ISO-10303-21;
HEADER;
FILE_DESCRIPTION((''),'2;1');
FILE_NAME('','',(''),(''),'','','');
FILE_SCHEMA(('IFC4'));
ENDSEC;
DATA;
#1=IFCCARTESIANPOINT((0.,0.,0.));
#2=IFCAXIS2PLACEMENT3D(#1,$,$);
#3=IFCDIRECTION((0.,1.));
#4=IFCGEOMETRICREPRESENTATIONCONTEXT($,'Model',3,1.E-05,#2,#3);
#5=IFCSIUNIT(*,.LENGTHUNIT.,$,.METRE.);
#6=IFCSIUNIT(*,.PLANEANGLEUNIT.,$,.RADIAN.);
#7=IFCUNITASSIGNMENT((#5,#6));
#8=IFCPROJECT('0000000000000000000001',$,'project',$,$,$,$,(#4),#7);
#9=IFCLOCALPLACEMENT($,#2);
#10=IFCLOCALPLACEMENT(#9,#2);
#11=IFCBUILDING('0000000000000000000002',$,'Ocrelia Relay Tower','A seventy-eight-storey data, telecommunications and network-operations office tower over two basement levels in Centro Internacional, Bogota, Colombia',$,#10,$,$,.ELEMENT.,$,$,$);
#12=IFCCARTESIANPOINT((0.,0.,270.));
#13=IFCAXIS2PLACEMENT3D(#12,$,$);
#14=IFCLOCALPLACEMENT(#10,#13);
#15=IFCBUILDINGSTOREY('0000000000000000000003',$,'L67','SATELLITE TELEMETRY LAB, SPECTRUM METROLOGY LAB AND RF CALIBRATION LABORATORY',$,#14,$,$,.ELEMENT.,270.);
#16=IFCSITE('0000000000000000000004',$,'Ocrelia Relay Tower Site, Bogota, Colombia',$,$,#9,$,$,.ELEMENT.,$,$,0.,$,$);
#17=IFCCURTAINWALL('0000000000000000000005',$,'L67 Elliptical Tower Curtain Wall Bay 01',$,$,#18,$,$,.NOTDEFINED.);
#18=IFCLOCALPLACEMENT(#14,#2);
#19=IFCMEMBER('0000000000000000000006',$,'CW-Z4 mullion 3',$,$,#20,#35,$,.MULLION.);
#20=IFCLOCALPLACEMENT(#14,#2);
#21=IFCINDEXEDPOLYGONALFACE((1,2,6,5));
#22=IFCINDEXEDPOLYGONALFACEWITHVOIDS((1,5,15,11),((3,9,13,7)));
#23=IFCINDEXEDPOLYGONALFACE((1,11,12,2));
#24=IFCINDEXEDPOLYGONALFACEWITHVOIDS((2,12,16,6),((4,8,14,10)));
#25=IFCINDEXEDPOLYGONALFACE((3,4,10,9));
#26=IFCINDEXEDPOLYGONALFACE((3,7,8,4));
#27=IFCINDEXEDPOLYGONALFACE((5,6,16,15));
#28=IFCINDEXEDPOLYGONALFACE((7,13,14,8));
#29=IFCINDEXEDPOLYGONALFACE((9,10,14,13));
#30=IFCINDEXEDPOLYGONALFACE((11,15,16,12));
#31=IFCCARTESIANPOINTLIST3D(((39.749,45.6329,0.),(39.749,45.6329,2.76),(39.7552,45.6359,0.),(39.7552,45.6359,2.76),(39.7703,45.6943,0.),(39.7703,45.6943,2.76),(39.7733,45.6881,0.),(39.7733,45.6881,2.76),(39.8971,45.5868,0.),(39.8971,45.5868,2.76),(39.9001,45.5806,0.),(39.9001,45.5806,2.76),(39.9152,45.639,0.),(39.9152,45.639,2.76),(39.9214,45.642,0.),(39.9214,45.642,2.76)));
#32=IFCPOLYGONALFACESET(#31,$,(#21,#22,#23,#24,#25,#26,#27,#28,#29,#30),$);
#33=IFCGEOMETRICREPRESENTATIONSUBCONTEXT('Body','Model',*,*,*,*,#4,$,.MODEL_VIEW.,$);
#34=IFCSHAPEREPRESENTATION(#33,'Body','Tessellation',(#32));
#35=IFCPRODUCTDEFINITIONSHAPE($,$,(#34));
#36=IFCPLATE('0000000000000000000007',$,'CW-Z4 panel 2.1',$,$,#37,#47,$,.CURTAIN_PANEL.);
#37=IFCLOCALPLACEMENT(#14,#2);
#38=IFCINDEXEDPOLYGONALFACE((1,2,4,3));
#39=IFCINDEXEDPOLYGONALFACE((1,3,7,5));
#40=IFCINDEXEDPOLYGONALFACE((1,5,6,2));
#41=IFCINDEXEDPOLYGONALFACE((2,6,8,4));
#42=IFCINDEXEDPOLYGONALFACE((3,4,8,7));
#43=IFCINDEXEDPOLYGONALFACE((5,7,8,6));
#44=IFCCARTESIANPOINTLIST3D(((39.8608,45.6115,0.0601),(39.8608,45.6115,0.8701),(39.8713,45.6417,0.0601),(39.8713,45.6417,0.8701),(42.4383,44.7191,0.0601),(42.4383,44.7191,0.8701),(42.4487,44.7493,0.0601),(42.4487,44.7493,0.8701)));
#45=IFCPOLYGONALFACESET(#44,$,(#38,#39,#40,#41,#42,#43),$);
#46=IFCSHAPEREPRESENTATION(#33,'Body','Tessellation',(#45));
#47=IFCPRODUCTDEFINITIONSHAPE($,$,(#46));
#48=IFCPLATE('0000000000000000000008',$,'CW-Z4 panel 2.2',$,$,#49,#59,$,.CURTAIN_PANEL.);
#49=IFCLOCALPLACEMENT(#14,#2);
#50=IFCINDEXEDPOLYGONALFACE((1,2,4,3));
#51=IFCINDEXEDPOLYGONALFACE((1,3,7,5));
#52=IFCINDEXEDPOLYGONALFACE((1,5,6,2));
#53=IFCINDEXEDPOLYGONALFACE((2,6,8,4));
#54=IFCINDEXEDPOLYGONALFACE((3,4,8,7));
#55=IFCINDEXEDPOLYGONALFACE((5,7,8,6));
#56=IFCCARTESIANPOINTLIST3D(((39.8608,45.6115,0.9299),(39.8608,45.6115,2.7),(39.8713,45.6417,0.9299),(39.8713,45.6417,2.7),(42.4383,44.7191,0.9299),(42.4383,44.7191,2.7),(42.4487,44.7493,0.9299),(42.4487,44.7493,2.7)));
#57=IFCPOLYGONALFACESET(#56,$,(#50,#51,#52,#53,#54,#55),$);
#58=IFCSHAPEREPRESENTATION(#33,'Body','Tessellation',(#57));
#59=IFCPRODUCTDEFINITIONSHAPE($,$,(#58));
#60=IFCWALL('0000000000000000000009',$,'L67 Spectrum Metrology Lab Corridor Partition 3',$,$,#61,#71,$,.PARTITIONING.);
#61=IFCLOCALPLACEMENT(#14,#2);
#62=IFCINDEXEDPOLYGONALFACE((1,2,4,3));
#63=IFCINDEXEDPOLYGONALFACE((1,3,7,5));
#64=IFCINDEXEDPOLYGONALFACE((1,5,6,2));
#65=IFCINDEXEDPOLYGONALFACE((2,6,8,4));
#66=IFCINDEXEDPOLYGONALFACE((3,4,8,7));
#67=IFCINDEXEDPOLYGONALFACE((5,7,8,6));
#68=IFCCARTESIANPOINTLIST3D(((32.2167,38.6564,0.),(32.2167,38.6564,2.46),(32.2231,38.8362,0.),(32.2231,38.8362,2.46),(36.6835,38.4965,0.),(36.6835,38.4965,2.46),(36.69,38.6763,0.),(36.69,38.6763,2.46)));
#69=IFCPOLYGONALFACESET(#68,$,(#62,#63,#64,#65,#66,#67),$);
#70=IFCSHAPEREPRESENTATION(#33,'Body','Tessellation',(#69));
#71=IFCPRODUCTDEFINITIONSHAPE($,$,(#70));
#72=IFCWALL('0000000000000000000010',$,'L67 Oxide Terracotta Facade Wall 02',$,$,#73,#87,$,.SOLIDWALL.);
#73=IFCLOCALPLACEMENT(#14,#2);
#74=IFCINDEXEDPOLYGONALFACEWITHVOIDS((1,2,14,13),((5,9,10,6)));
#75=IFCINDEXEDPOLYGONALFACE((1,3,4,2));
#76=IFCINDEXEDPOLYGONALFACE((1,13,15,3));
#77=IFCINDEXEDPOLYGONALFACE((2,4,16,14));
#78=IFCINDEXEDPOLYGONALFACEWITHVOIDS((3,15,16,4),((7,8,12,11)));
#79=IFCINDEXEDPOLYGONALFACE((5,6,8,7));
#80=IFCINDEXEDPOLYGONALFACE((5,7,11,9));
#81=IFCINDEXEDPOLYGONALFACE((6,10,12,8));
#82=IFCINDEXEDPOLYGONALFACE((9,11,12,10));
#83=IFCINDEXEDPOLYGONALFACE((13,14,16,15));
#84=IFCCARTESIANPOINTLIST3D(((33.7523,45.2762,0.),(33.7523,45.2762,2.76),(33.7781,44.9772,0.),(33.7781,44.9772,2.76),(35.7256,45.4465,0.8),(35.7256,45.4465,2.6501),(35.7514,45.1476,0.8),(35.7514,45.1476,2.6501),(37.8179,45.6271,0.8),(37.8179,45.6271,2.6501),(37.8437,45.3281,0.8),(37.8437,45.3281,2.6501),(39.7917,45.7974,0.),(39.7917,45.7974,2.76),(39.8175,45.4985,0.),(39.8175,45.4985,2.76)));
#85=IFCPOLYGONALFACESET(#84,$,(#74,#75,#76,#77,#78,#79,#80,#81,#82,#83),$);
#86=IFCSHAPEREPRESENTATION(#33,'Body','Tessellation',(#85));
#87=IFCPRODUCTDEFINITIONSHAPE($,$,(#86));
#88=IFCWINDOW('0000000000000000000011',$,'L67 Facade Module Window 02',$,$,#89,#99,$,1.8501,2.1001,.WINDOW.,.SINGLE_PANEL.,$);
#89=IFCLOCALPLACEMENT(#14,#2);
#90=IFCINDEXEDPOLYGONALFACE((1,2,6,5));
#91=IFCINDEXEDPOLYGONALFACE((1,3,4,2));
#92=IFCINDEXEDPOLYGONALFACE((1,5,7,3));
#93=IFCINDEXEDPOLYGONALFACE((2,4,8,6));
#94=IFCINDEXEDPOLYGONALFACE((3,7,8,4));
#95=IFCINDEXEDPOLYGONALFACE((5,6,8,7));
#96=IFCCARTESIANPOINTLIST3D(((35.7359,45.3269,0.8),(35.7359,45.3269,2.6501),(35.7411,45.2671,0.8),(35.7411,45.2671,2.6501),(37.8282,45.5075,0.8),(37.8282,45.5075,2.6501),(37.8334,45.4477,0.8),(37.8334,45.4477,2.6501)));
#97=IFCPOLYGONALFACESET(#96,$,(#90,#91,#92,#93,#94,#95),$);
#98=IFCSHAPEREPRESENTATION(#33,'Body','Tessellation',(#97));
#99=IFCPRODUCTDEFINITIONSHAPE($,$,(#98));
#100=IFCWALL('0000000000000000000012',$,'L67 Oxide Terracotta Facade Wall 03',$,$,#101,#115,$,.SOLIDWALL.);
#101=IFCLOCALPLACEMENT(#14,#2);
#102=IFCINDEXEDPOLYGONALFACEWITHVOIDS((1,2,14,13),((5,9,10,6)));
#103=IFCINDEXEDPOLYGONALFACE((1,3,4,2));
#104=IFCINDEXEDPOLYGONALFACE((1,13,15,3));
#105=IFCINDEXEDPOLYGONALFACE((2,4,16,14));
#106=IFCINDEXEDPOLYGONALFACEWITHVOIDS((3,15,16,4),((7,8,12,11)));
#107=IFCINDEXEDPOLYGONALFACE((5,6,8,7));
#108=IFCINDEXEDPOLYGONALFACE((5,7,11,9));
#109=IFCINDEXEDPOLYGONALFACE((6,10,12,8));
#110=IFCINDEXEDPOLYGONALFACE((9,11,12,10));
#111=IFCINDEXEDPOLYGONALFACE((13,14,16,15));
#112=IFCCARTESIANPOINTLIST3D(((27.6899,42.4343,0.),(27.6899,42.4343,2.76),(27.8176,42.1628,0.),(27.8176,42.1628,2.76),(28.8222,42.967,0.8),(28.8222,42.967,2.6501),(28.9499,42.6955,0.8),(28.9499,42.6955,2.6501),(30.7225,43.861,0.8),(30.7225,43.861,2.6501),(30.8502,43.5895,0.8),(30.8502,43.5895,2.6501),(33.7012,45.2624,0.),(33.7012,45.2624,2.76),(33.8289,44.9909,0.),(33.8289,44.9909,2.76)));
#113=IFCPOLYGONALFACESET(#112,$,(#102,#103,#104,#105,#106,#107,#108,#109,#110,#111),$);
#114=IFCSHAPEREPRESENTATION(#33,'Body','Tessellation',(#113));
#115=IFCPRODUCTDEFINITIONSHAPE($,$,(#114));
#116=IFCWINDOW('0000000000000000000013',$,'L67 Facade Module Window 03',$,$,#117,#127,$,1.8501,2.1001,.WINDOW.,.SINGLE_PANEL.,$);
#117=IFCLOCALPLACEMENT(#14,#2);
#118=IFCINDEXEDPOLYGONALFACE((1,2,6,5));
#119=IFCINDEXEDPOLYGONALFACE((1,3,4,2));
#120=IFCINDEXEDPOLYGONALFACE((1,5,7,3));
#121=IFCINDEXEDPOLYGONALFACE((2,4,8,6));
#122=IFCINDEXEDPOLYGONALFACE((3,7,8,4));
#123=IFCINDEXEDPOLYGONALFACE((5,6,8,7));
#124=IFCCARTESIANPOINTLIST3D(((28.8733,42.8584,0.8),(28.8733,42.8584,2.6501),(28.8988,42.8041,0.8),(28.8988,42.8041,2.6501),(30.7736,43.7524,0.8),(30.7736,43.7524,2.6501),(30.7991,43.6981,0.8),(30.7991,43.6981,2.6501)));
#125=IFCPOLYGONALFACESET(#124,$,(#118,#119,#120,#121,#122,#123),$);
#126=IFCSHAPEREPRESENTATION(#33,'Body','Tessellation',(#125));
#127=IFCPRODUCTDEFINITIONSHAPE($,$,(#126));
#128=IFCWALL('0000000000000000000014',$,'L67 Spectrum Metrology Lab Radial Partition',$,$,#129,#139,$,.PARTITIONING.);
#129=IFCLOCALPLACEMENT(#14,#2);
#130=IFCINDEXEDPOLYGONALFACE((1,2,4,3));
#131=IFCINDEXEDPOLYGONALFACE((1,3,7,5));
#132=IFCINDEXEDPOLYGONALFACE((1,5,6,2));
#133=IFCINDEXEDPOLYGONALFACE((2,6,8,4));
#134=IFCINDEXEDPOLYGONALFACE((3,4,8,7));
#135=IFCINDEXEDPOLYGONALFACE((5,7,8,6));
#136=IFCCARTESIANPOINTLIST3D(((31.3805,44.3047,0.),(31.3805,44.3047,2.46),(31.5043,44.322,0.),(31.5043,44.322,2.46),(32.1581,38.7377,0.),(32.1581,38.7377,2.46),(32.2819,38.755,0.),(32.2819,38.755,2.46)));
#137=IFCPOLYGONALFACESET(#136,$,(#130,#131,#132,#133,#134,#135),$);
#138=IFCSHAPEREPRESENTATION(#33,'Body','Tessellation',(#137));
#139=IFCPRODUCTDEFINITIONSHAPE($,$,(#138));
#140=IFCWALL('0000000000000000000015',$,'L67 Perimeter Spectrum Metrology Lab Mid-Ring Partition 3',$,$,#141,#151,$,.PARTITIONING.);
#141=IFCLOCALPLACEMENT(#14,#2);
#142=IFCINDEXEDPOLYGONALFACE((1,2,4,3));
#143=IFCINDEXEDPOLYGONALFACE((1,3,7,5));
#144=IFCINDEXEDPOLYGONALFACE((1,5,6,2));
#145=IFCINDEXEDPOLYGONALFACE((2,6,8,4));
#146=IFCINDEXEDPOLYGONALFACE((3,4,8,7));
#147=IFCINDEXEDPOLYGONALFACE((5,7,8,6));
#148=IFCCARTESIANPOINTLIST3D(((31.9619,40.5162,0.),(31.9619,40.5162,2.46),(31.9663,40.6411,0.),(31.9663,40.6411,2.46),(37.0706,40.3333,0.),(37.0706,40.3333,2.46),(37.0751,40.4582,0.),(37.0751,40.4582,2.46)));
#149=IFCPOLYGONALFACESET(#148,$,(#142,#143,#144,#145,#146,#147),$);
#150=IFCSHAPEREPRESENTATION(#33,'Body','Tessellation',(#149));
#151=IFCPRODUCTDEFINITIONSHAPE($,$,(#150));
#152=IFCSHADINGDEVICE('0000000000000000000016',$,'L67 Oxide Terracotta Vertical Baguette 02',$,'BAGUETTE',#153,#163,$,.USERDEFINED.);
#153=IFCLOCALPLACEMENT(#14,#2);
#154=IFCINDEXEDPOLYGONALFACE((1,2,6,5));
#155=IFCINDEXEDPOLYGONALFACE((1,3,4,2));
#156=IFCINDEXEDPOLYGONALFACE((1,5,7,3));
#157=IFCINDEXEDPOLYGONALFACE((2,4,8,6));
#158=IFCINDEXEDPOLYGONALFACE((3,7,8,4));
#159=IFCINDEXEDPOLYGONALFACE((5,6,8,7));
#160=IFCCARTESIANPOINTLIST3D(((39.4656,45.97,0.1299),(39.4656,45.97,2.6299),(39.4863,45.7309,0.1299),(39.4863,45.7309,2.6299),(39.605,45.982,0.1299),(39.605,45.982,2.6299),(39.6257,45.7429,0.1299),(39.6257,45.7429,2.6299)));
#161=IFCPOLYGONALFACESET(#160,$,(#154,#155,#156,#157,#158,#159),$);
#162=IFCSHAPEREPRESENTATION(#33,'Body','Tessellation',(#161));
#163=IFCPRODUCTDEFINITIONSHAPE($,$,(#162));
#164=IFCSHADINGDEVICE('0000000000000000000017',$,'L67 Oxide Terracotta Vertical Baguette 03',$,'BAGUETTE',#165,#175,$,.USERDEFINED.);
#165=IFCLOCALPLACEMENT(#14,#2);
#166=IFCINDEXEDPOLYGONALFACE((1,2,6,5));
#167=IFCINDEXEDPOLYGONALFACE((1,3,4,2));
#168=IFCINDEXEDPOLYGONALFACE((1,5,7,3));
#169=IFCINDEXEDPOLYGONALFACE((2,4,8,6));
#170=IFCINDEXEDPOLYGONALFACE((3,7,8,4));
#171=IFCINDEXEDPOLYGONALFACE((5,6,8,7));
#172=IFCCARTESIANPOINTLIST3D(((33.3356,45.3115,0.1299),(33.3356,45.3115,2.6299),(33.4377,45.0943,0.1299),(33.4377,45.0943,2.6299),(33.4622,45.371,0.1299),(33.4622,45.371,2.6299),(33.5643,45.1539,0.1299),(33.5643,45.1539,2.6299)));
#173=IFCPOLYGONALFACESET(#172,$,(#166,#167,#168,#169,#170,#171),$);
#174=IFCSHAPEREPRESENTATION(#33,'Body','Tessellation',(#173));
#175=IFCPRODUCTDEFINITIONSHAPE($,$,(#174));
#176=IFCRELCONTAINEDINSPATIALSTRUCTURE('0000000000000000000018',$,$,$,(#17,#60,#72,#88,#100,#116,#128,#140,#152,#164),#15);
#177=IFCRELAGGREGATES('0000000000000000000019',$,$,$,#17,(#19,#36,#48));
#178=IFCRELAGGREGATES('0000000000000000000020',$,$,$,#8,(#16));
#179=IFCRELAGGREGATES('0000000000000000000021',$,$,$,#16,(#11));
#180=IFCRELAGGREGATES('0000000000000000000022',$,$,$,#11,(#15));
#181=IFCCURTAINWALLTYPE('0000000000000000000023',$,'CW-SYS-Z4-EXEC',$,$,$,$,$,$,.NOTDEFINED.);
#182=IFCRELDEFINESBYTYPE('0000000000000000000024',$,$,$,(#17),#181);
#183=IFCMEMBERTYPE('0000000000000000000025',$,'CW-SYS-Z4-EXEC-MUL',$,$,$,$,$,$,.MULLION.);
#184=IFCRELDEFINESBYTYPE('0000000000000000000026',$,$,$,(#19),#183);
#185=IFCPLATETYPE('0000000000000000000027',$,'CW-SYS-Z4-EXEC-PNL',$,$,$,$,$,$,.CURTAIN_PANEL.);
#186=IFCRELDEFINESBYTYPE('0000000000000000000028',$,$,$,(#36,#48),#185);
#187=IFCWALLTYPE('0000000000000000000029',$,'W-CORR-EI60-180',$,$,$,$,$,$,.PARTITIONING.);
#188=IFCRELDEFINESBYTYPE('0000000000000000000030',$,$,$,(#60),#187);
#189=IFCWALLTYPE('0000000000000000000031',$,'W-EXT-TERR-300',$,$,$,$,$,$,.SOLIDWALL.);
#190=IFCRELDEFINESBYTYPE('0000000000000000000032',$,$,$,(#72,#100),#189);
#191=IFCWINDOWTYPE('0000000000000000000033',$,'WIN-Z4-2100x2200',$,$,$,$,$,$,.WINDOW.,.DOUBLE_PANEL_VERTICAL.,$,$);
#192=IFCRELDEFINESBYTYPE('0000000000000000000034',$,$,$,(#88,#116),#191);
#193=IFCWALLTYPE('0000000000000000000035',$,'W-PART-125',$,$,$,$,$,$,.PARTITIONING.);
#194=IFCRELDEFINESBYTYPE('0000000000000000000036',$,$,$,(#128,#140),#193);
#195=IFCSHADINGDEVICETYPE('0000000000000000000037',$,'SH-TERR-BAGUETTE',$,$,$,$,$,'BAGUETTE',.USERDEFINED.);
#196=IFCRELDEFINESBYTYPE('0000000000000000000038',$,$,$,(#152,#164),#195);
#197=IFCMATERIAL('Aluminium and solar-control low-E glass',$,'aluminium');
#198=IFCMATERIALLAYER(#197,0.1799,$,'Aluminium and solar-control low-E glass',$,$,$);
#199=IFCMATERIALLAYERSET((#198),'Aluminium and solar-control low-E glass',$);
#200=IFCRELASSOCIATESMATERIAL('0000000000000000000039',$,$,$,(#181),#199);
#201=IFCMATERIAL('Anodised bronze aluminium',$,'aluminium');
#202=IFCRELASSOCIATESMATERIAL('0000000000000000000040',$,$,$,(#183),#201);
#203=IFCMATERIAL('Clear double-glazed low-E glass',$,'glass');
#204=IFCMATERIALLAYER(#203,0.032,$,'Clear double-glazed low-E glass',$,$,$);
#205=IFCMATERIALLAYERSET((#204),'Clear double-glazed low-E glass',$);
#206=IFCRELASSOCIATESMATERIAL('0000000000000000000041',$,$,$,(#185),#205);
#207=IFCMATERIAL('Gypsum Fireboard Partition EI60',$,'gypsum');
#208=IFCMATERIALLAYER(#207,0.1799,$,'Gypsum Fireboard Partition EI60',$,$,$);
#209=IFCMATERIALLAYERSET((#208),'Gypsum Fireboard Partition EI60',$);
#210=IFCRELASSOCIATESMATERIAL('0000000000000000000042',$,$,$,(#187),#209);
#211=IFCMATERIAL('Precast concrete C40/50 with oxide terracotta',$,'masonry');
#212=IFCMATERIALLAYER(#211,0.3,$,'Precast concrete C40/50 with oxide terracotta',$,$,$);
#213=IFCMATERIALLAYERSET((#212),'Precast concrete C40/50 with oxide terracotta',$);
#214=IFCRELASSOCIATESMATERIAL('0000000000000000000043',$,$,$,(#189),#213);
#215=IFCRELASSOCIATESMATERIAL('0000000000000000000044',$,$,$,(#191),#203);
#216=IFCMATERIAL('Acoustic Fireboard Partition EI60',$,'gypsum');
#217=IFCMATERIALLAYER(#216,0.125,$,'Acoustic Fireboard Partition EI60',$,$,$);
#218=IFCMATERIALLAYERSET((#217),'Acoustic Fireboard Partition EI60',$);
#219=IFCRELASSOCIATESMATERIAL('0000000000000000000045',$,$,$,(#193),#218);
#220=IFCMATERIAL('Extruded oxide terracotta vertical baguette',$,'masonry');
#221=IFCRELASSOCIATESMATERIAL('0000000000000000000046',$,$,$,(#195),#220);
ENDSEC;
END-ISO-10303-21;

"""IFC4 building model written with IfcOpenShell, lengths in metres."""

from ifc_helpers import new_model, si_unit, direction, frame, frame_2d, origin, origin_2d, place, context, subcontext, project, spatial, rectangle, hollow_rectangle, extrude, material, layer, layer_set, material_profile, profile_set, type_object, element, fill, aggregate, save


model = new_model("IFC4")

# Units and contexts
model_context = context("Model", 3, precision=1e-05, world=origin(), true_north=direction((0.0, 1.0)))
body_context = subcontext(model_context, "Body", "Model", "MODEL_VIEW")
ifc_project = project(units=[si_unit("LENGTHUNIT", "METRE"), si_unit("PLANEANGLEUNIT", "RADIAN")], contexts=[model_context])

# Site, building, storey
site_placement = place(None, origin())
site = spatial("IfcSite", under=ifc_project, at=site_placement, Name="Ocrelia Relay Tower Site, Bogota, Colombia", CompositionType="ELEMENT", RefElevation=0.0)
building_placement = place(site_placement, origin())
building = spatial("IfcBuilding", under=site, at=building_placement, Name="Ocrelia Relay Tower", Description="A seventy-eight-storey data, telecommunications and network-operations office tower over two basement levels in Centro Internacional, Bogota, Colombia", CompositionType="ELEMENT")
storey_placement = place(building_placement, frame((0.0, 0.0, 270.0)))
storey = spatial("IfcBuildingStorey", under=building, at=storey_placement, Name="L67", Description="SATELLITE TELEMETRY LAB, SPECTRUM METROLOGY LAB AND RF CALIBRATION LABORATORY", CompositionType="ELEMENT", Elevation=270.0)

# Curtain wall, member, plates
ifc_material_1 = material(Name="Aluminium and solar-control low-E glass", Category="aluminium")
ifc_layer_1 = layer(ifc_material_1, 0.1799, Name="Aluminium and solar-control low-E glass")
ifc_layer_set_1 = layer_set([ifc_layer_1], Name="Aluminium and solar-control low-E glass")
curtain_wall_type = type_object("IfcCurtainWallType", Name="CW-SYS-Z4-EXEC", PredefinedType="NOTDEFINED", material=ifc_layer_set_1)
curtain_wall_placement = place(storey_placement, origin())
curtain_wall = element("IfcCurtainWall", 1, at=curtain_wall_placement, inside=storey, type_object=curtain_wall_type, Name="L67 Elliptical Tower Curtain Wall Bay 01", PredefinedType="NOTDEFINED")
ifc_material_2 = material(Name="Anodised bronze aluminium", Category="aluminium")
ifc_material_profile_1 = material_profile(ifc_material_2, hollow_rectangle(XDim=0.0649, YDim=0.1599, WallThickness=0.0049, at=origin_2d()), Name="CW-MUL-160x65")
ifc_profile_set_1 = profile_set([ifc_material_profile_1], Name="Anodised bronze aluminium")
member_type = type_object("IfcMemberType", Name="CW-SYS-Z4-EXEC-MUL", PredefinedType="MULLION", material=ifc_profile_set_1)
member_placement = place(storey_placement, frame((39.8352, 45.6375, 0.0), z_axis=(0.0, 0.0, 1.0), x_axis=(-0.327187, -0.94496, 0.0)))
member = element("IfcMember", 2, at=member_placement, type_object=member_type, Name="CW-Z4 mullion 3", PredefinedType="MULLION", context=body_context, shape_type="SweptSolid", body=[
    extrude(hollow_rectangle(XDim=0.0649, YDim=0.1599, WallThickness=0.0049, at=origin_2d()), origin(), (0.0, 0.0, 1.0), 2.76),
])
ifc_material_3 = material(Name="Clear double-glazed low-E glass", Category="glass")
ifc_layer_2 = layer(ifc_material_3, 0.032, Name="Clear double-glazed low-E glass")
ifc_layer_set_2 = layer_set([ifc_layer_2], Name="Clear double-glazed low-E glass")
plate_type = type_object("IfcPlateType", Name="CW-SYS-Z4-EXEC-PNL", PredefinedType="CURTAIN_PANEL", material=ifc_layer_set_2)
plate_1_placement = place(storey_placement, frame((41.1548, 45.1804, 0.0601), z_axis=(0.0, 0.0, 1.0), x_axis=(-0.94496, 0.327187, 0.0)))
plate_1 = element("IfcPlate", 3, at=plate_1_placement, type_object=plate_type, Name="CW-Z4 panel 2.1", PredefinedType="CURTAIN_PANEL", context=body_context, shape_type="SweptSolid", body=[
    extrude(rectangle(XDim=2.7275, YDim=0.032, at=origin_2d()), origin(), (0.0, 0.0, 1.0), 0.8101),
])
plate_2_placement = place(storey_placement, frame((41.1548, 45.1804, 0.9299), z_axis=(0.0, 0.0, 1.0), x_axis=(-0.94496, 0.327187, 0.0)))
plate_2 = element("IfcPlate", 4, at=plate_2_placement, type_object=plate_type, Name="CW-Z4 panel 2.2", PredefinedType="CURTAIN_PANEL", context=body_context, shape_type="SweptSolid", body=[
    extrude(rectangle(XDim=2.7275, YDim=0.032, at=origin_2d()), origin(), (0.0, 0.0, 1.0), 1.77),
])
aggregate(curtain_wall, [member, plate_1, plate_2])

# Wall
ifc_material_4 = material(Name="Gypsum Fireboard Partition EI60", Category="gypsum")
ifc_layer_3 = layer(ifc_material_4, 0.1799, Name="Gypsum Fireboard Partition EI60")
ifc_layer_set_3 = layer_set([ifc_layer_3], Name="Gypsum Fireboard Partition EI60")
wall_type_1 = type_object("IfcWallType", Name="W-CORR-EI60-180", PredefinedType="PARTITIONING", material=ifc_layer_set_3)
wall_1_placement = place(storey_placement, frame((36.6868, 38.5864, 0.0), z_axis=(0.0, 0.0, 1.0), x_axis=(-0.99936, 0.035777, 0.0)))
element("IfcWall", 5, at=wall_1_placement, inside=storey, type_object=wall_type_1, Name="L67 Spectrum Metrology Lab Corridor Partition 3", PredefinedType="PARTITIONING", context=body_context, shape_type="SweptSolid", body=[
    extrude(rectangle(XDim=4.4697, YDim=0.1799, at=frame_2d((2.2349, 0.0))), origin(), (0.0, 0.0, 1.0), 2.46),
])

# Walls, openings, windows
ifc_material_5 = material(Name="Precast concrete C40/50 with oxide terracotta", Category="masonry")
ifc_layer_4 = layer(ifc_material_5, 0.3, Name="Precast concrete C40/50 with oxide terracotta")
ifc_layer_set_4 = layer_set([ifc_layer_4], Name="Precast concrete C40/50 with oxide terracotta")
wall_type_2 = type_object("IfcWallType", Name="W-EXT-TERR-300", PredefinedType="SOLIDWALL", material=ifc_layer_set_4)
wall_2_placement = place(storey_placement, frame((39.8044, 45.6479, 0.0), z_axis=(0.0, 0.0, 1.0), x_axis=(-0.996296, -0.085988, 0.0)))
wall_2 = element("IfcWall", 6, at=wall_2_placement, inside=storey, type_object=wall_type_2, Name="L67 Oxide Terracotta Facade Wall 02", PredefinedType="SOLIDWALL", context=body_context, shape_type="SweptSolid", body=[
    extrude(rectangle(XDim=6.0618, YDim=0.3, at=frame_2d((3.0308, 0.0))), origin(), (0.0, 0.0, 1.0), 2.76),
])
opening_1_placement = place(wall_2_placement, frame((1.981, 0.0, 0.8)))
opening_1 = element("IfcOpeningElement", 7, at=opening_1_placement, cuts=wall_2, PredefinedType="OPENING", context=body_context, shape_type="SweptSolid", body=[
    extrude(rectangle(XDim=2.1001, YDim=1.8501, at=frame_2d((1.05, 0.925))), frame((0.0, 0.1602, 0.0), z_axis=(0.0, -1.0, 0.0), x_axis=(1.0, 0.0, 0.0)), (0.0, 0.0, 1.0), 0.3201),
])
window_type = type_object("IfcWindowType", Name="WIN-Z4-2100x2200", PartitioningType="DOUBLE_PANEL_VERTICAL", PredefinedType="WINDOW", material=ifc_material_3)
window_1_placement = place(opening_1_placement, origin())
window_1 = element("IfcWindow", 8, at=window_1_placement, inside=storey, type_object=window_type, Name="L67 Facade Module Window 02", OverallHeight=1.8501, OverallWidth=2.1001, PartitioningType="SINGLE_PANEL", PredefinedType="WINDOW", context=body_context, shape_type="SweptSolid", body=[
    extrude(rectangle(XDim=2.1001, YDim=1.8501, at=frame_2d((1.05, 0.925))), frame((0.0, 0.03, 0.0), z_axis=(0.0, -1.0, 0.0), x_axis=(1.0, 0.0, 0.0)), (0.0, 0.0, 1.0), 0.0601),
])
fill(opening_1, window_1)
wall_3_placement = place(storey_placement, frame((33.7651, 45.1267, 0.0), z_axis=(0.0, 0.0, 1.0), x_axis=(-0.904859, -0.425712, 0.0)))
wall_3 = element("IfcWall", 9, at=wall_3_placement, inside=storey, type_object=wall_type_2, Name="L67 Oxide Terracotta Facade Wall 03", PredefinedType="SOLIDWALL", context=body_context, shape_type="SweptSolid", body=[
    extrude(rectangle(XDim=6.6433, YDim=0.3, at=frame_2d((3.3218, 0.0))), origin(), (0.0, 0.0, 1.0), 2.76),
])
opening_2_placement = place(wall_3_placement, frame((3.292, 0.0, 0.8)))
opening_2 = element("IfcOpeningElement", 10, at=opening_2_placement, cuts=wall_3, PredefinedType="OPENING", context=body_context, shape_type="SweptSolid", body=[
    extrude(rectangle(XDim=2.1001, YDim=1.8501, at=frame_2d((1.05, 0.925))), frame((0.0, 0.1602, 0.0), z_axis=(0.0, -1.0, 0.0), x_axis=(1.0, 0.0, 0.0)), (0.0, 0.0, 1.0), 0.3201),
])
window_2_placement = place(opening_2_placement, origin())
window_2 = element("IfcWindow", 11, at=window_2_placement, inside=storey, type_object=window_type, Name="L67 Facade Module Window 03", OverallHeight=1.8501, OverallWidth=2.1001, PartitioningType="SINGLE_PANEL", PredefinedType="WINDOW", context=body_context, shape_type="SweptSolid", body=[
    extrude(rectangle(XDim=2.1001, YDim=1.8501, at=frame_2d((1.05, 0.925))), frame((0.0, 0.03, 0.0), z_axis=(0.0, -1.0, 0.0), x_axis=(1.0, 0.0, 0.0)), (0.0, 0.0, 1.0), 0.0601),
])
fill(opening_2, window_2)

# Walls
ifc_material_6 = material(Name="Acoustic Fireboard Partition EI60", Category="gypsum")
ifc_layer_5 = layer(ifc_material_6, 0.125, Name="Acoustic Fireboard Partition EI60")
ifc_layer_set_5 = layer_set([ifc_layer_5], Name="Acoustic Fireboard Partition EI60")
wall_type_3 = type_object("IfcWallType", Name="W-PART-125", PredefinedType="PARTITIONING", material=ifc_layer_set_5)
wall_4_placement = place(storey_placement, frame((32.22, 38.7463, 0.0), z_axis=(0.0, 0.0, 1.0), x_axis=(-0.138332, 0.990386, 0.0)))
element("IfcWall", 12, at=wall_4_placement, inside=storey, type_object=wall_type_3, Name="L67 Spectrum Metrology Lab Radial Partition", PredefinedType="PARTITIONING", context=body_context, shape_type="SweptSolid", body=[
    extrude(rectangle(XDim=5.6211, YDim=0.125, at=frame_2d((2.8105, 0.0))), origin(), (0.0, 0.0, 1.0), 2.46),
])
wall_5_placement = place(storey_placement, frame((37.073, 40.3958, 0.0), z_axis=(0.0, 0.0, 1.0), x_axis=(-0.99936, 0.03577, 0.0)))
element("IfcWall", 13, at=wall_5_placement, inside=storey, type_object=wall_type_3, Name="L67 Perimeter Spectrum Metrology Lab Mid-Ring Partition 3", PredefinedType="PARTITIONING", context=body_context, shape_type="SweptSolid", body=[
    extrude(rectangle(XDim=5.1121, YDim=0.125, at=frame_2d((2.5562, 0.0))), origin(), (0.0, 0.0, 1.0), 2.46),
])

# Shading devices
ifc_material_7 = material(Name="Extruded oxide terracotta vertical baguette", Category="masonry")
shading_device_type_1 = type_object("IfcShadingDeviceType", Name="SH-TERR-BAGUETTE", ElementType="BAGUETTE", PredefinedType="USERDEFINED", material=ifc_material_7)
for number, where, z_axis, x_axis, name in (
    (14, (39.5457, 45.8564, 0.1299), (0.0, 0.0, 1.0), (-0.996297, -0.08598, 0.0), "L67 Oxide Terracotta Vertical Baguette 02"),
    (15, (33.45, 45.2327, 0.1299), (0.0, 0.0, 1.0), (-0.904851, -0.425729, 0.0), "L67 Oxide Terracotta Vertical Baguette 03"),
):
    element("IfcShadingDevice", number, at=place(storey_placement, frame(where, z_axis=z_axis, x_axis=x_axis)), inside=storey, type_object=shading_device_type_1, Name=name, ObjectType="BAGUETTE", PredefinedType="USERDEFINED", context=body_context, shape_type="SweptSolid", body=[
        extrude(rectangle(XDim=0.1399, YDim=0.24, at=origin_2d()), origin(), (0.0, 0.0, 1.0), 2.5),
    ])

save(model, "model.ifc")
